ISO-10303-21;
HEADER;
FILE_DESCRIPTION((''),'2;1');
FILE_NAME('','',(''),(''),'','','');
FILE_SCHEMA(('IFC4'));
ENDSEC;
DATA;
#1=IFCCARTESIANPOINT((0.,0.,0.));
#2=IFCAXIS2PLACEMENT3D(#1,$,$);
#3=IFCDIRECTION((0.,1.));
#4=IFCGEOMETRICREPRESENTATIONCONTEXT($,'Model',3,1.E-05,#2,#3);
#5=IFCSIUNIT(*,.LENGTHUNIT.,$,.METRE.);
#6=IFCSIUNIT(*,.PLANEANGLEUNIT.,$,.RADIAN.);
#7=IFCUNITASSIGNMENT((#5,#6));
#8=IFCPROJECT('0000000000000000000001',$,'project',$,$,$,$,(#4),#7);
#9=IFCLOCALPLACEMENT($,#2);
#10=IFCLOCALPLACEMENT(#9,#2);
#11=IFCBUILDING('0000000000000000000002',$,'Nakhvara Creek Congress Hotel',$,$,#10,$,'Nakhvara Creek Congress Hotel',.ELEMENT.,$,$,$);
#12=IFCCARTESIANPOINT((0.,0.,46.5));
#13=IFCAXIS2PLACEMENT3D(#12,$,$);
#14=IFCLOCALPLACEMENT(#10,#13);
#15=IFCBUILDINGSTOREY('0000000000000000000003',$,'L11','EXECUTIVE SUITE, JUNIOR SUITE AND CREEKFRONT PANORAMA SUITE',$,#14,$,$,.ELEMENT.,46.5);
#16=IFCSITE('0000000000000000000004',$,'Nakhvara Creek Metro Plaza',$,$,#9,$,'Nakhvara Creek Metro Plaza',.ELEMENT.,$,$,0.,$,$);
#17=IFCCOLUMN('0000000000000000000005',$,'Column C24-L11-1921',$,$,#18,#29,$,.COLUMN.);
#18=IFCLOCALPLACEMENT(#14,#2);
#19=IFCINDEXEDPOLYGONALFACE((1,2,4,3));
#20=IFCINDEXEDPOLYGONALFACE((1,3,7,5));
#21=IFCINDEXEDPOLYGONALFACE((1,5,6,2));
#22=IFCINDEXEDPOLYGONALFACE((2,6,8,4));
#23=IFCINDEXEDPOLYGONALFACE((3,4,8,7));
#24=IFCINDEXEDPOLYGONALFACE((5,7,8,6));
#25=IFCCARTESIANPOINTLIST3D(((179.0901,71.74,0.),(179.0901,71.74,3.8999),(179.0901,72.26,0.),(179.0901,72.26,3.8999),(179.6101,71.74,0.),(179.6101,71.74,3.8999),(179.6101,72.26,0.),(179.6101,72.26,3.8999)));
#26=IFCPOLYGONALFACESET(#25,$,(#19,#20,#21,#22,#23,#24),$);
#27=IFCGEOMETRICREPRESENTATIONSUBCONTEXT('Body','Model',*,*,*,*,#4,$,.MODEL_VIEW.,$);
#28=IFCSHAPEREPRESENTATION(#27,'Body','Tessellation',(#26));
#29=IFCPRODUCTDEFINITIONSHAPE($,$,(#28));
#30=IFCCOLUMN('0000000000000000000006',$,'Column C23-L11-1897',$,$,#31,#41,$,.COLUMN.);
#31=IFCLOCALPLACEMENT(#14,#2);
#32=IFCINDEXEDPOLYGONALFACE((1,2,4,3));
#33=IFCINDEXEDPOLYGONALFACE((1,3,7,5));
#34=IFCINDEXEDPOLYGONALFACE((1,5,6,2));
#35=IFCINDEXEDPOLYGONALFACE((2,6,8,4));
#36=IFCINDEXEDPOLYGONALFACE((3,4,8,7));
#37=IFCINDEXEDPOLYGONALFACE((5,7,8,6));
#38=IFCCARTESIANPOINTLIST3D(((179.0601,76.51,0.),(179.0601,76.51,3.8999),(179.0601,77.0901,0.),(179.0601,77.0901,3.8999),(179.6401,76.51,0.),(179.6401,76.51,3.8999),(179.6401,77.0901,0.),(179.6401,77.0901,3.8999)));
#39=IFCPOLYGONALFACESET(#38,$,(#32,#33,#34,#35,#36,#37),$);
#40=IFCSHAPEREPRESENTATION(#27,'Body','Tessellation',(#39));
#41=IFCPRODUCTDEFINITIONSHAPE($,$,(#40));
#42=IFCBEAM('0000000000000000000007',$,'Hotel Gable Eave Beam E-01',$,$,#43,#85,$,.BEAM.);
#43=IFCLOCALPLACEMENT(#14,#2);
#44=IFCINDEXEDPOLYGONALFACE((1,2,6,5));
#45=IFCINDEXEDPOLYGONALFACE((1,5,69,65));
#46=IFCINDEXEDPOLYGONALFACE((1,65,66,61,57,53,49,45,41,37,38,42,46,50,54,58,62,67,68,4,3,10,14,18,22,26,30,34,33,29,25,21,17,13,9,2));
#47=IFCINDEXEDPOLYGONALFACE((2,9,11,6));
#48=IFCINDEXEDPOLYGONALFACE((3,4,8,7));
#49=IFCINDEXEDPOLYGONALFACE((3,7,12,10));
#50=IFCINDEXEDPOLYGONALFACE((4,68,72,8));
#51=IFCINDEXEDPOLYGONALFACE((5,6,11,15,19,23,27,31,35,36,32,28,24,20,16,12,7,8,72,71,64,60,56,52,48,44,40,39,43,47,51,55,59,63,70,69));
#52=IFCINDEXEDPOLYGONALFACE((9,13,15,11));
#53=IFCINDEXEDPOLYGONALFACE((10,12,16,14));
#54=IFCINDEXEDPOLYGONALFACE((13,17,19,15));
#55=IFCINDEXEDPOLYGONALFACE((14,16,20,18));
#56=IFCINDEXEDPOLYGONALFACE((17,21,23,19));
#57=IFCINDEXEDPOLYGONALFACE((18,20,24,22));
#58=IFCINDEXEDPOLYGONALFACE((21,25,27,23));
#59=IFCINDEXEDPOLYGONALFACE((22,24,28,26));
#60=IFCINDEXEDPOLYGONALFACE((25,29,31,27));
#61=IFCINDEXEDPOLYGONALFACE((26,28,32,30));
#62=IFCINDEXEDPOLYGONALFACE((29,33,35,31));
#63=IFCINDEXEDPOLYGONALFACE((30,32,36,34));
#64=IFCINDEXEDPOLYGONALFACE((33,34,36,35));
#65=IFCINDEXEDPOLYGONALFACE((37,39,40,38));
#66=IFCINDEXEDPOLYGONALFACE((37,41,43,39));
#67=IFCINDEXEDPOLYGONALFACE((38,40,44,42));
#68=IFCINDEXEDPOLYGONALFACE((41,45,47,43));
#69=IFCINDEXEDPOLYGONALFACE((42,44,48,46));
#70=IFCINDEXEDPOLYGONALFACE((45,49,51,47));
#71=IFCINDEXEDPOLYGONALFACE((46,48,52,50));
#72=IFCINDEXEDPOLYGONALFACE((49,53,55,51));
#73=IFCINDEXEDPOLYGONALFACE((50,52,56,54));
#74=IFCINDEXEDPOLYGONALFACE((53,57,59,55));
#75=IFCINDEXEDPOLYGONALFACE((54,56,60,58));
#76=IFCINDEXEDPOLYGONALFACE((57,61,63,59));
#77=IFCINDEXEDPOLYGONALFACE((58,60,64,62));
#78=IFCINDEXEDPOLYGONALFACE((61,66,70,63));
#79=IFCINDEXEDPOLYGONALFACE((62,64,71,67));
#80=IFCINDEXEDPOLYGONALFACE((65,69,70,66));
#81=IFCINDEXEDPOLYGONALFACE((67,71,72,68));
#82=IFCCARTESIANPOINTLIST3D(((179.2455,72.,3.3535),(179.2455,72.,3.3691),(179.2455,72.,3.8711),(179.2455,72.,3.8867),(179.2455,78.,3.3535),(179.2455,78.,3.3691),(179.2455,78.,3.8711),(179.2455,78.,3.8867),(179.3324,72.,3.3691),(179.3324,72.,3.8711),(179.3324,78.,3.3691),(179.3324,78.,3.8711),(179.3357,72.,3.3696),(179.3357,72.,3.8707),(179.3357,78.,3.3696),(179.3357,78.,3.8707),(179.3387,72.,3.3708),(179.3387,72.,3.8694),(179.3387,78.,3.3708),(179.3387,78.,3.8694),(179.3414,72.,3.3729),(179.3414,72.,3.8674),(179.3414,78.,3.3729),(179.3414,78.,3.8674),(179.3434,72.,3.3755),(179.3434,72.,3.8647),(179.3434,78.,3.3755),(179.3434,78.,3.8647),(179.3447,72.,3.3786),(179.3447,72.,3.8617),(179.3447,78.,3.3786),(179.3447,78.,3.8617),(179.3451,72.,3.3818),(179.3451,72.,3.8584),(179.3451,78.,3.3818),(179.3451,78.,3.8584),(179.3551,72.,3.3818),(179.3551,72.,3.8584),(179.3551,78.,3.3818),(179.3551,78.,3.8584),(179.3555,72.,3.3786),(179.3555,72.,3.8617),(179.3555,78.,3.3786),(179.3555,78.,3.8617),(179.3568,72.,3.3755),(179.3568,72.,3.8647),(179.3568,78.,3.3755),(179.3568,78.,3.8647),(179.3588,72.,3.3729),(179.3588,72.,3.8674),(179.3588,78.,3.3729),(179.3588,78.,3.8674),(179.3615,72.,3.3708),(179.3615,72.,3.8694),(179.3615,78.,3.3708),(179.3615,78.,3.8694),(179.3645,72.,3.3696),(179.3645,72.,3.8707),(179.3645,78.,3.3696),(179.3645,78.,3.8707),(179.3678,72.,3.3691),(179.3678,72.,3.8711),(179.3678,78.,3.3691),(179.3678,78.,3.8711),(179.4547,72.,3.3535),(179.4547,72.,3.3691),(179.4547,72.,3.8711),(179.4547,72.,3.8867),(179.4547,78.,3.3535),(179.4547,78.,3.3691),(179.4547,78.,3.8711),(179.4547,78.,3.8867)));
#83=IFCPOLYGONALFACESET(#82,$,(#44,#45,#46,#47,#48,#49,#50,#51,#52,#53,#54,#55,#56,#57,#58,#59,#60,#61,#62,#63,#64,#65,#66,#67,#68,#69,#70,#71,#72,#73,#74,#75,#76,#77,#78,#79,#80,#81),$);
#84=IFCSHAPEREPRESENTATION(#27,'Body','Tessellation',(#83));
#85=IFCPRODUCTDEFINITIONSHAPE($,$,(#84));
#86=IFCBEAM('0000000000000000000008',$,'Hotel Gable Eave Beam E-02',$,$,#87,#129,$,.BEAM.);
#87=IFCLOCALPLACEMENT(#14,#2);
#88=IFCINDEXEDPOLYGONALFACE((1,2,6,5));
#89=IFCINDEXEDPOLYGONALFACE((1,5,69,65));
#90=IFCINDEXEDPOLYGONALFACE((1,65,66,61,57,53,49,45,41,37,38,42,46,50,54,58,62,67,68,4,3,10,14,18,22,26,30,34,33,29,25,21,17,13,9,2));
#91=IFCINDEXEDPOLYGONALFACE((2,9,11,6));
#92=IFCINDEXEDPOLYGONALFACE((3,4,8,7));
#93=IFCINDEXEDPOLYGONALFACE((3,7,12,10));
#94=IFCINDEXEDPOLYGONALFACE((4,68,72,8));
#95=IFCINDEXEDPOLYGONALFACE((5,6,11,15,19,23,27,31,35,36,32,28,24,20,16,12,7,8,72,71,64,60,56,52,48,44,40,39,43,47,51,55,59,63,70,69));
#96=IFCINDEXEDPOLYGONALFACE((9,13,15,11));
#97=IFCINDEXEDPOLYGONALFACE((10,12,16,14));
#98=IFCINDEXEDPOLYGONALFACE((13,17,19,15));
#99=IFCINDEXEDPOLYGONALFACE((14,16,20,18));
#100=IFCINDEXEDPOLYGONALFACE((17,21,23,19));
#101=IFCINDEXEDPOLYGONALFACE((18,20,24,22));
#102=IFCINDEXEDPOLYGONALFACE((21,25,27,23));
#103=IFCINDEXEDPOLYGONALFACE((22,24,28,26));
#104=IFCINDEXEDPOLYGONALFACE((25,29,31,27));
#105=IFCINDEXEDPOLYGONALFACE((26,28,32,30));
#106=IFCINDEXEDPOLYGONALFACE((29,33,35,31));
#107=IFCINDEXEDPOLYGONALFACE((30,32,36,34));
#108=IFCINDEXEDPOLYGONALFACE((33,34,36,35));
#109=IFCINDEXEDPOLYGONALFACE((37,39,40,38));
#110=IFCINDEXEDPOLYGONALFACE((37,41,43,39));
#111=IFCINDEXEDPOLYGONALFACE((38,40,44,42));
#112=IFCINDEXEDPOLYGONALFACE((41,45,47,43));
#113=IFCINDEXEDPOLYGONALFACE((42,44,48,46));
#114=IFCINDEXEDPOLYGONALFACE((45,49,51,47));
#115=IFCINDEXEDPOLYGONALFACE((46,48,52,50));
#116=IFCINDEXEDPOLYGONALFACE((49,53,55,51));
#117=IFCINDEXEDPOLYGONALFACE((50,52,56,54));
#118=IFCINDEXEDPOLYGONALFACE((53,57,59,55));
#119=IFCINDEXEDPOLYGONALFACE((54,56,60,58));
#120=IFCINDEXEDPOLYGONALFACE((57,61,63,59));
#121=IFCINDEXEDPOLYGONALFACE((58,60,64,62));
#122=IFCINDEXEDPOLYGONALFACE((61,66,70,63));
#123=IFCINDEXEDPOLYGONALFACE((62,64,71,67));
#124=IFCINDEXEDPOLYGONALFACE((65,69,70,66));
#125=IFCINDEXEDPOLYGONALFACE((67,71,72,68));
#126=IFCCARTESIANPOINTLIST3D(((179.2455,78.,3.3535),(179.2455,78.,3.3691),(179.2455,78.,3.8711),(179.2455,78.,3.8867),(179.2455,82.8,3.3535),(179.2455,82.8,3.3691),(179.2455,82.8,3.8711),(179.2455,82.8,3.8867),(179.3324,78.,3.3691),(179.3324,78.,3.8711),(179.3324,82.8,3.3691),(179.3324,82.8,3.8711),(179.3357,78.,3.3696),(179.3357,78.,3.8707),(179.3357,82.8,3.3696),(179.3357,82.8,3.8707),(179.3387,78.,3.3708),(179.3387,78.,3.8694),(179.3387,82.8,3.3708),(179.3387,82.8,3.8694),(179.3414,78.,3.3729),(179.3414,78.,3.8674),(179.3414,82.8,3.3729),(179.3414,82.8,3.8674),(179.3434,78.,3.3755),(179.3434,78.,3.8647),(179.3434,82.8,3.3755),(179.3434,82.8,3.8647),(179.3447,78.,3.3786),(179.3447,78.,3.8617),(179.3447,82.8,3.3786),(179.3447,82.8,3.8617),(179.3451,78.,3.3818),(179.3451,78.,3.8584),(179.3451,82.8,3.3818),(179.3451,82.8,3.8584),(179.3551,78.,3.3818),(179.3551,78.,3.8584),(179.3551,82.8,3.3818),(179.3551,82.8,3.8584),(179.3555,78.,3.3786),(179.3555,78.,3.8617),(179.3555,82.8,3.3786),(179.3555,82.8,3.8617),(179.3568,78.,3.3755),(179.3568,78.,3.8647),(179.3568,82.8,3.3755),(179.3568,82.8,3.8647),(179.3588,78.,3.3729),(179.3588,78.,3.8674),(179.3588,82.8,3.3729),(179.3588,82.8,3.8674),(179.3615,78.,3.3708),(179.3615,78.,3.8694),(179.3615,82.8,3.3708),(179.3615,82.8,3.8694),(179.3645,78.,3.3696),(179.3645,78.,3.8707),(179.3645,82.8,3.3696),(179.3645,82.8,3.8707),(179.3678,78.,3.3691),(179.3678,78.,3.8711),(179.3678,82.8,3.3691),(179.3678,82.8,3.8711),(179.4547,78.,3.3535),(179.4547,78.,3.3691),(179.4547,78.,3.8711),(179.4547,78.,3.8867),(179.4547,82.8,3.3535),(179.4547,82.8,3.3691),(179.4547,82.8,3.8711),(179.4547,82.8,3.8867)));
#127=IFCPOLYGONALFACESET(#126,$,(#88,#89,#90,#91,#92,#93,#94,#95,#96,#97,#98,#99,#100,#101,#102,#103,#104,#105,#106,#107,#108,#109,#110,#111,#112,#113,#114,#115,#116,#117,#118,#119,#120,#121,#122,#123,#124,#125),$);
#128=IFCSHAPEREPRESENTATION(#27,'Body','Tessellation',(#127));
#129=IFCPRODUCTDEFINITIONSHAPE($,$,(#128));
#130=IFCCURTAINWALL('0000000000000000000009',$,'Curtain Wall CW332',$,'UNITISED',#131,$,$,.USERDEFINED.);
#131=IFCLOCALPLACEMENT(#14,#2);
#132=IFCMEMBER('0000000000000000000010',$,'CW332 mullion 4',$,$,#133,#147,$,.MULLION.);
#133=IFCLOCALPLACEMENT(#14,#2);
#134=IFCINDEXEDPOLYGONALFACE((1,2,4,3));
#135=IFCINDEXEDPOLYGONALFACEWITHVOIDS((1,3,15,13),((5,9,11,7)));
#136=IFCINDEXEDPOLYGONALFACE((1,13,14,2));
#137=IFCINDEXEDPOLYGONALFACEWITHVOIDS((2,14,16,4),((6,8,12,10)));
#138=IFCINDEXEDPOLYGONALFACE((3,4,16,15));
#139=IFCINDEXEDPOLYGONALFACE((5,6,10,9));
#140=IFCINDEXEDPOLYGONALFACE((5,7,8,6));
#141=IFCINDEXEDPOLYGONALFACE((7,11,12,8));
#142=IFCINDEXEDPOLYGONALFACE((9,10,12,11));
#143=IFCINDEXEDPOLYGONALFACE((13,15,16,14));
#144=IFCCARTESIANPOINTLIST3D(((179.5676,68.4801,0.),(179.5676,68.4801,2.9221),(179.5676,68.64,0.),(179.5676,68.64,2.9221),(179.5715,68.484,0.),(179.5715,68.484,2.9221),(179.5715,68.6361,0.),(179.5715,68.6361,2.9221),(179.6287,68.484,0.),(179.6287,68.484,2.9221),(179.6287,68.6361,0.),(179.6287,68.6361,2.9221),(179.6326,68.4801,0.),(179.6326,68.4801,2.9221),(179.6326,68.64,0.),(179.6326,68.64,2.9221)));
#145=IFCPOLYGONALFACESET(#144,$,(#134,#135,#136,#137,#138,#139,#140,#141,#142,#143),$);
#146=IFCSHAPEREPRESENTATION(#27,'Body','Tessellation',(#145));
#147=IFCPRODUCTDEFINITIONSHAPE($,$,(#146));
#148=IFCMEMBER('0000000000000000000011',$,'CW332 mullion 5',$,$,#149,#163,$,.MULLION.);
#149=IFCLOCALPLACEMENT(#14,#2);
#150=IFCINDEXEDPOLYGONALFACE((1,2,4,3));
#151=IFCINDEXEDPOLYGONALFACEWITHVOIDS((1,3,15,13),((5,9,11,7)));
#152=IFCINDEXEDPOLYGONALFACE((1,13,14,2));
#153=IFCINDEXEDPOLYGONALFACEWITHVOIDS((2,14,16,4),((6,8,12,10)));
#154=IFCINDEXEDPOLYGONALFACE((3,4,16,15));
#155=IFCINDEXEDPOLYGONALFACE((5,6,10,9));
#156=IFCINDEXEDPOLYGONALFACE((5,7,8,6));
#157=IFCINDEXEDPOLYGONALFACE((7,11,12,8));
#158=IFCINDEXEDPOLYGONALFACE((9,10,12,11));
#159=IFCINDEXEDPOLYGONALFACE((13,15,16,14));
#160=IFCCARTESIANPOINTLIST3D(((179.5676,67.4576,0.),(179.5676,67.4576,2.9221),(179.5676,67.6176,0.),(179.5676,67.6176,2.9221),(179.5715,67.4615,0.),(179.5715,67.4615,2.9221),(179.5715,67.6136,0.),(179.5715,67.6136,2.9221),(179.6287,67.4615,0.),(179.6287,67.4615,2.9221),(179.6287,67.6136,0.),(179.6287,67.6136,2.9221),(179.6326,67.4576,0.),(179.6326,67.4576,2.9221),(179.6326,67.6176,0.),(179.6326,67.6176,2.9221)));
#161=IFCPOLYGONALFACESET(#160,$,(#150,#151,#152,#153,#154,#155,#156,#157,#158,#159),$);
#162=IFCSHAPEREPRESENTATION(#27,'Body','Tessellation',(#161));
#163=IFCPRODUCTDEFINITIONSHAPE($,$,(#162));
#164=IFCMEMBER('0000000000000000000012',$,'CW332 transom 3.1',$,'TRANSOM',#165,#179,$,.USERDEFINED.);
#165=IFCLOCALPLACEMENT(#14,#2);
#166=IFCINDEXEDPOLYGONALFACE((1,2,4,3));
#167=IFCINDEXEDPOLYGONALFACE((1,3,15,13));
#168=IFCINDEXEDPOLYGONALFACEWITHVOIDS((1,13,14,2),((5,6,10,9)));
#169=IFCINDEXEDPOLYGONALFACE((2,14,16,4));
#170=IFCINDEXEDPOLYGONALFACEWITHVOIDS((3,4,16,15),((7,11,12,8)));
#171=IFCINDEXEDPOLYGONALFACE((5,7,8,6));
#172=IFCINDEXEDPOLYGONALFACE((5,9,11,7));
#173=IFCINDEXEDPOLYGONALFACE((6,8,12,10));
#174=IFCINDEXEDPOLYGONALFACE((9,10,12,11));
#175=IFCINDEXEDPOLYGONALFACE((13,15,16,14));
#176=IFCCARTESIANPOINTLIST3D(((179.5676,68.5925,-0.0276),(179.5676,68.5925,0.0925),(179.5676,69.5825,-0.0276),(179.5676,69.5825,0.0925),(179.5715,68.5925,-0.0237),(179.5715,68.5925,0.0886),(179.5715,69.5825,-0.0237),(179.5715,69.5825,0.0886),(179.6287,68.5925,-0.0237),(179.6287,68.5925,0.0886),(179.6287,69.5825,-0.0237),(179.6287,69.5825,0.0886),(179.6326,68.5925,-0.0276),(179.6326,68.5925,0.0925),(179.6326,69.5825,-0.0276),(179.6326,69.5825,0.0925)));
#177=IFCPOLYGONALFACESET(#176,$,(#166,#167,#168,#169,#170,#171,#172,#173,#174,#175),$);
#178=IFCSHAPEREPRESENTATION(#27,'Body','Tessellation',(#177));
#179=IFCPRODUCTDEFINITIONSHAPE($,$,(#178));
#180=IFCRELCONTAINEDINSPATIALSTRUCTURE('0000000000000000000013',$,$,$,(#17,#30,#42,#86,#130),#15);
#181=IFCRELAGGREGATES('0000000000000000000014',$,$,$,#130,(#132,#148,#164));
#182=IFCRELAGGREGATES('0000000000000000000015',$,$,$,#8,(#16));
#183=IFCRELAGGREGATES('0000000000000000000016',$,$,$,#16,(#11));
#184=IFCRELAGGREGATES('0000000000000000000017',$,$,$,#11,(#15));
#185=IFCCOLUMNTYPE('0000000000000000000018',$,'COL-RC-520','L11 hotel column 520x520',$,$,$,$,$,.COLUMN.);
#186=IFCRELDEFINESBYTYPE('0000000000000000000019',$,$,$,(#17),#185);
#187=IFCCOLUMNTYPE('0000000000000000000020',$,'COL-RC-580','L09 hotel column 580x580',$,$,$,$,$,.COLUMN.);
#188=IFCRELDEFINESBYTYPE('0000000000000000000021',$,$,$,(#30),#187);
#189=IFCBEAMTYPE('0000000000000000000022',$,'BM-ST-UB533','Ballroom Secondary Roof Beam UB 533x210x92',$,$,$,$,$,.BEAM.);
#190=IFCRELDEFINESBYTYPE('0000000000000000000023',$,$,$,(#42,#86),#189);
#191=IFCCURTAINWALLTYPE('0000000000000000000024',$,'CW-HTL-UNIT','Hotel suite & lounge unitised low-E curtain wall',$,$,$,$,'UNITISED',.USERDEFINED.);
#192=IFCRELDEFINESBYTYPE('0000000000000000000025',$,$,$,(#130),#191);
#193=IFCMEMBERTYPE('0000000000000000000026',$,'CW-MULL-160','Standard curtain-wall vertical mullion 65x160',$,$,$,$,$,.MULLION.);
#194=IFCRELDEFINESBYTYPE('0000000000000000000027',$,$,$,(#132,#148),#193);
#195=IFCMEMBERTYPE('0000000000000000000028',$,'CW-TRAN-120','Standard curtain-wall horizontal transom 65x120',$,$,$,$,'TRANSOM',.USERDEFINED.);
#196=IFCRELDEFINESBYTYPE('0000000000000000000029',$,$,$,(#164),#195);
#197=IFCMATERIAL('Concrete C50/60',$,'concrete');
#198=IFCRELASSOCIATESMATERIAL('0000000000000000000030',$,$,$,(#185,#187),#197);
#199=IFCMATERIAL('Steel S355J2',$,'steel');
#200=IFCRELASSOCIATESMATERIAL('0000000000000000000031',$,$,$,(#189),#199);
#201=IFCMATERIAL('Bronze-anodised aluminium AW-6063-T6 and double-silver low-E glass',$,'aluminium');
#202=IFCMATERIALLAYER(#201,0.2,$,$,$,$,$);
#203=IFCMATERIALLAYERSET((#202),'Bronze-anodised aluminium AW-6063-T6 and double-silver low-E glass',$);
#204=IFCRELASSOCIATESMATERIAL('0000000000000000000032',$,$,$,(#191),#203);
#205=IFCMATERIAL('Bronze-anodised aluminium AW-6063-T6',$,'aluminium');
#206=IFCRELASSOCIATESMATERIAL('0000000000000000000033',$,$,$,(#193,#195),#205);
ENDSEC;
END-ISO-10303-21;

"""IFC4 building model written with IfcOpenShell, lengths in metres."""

from ifc_helpers import new_model, si_unit, direction, frame, origin, origin_2d, place, context, subcontext, project, spatial, rectangle, hollow_rectangle, i_section, extrude, material, layer, layer_set, material_profile, profile_set, type_object, element, aggregate, save


model = new_model("IFC4")

# Units and contexts
model_context = context("Model", 3, precision=1e-05, world=origin(), true_north=direction((0.0, 1.0)))
body_context = subcontext(model_context, "Body", "Model", "MODEL_VIEW")
ifc_project = project(units=[si_unit("LENGTHUNIT", "METRE"), si_unit("PLANEANGLEUNIT", "RADIAN")], contexts=[model_context])

# Site, building, storey
site_placement = place(None, origin())
site = spatial("IfcSite", under=ifc_project, at=site_placement, Name="Nakhvara Creek Metro Plaza", LongName="Nakhvara Creek Metro Plaza", CompositionType="ELEMENT", RefElevation=0.0)
building_placement = place(site_placement, origin())
building = spatial("IfcBuilding", under=site, at=building_placement, Name="Nakhvara Creek Congress Hotel", LongName="Nakhvara Creek Congress Hotel", CompositionType="ELEMENT")
storey_placement = place(building_placement, frame((0.0, 0.0, 46.5)))
storey = spatial("IfcBuildingStorey", under=building, at=storey_placement, Name="L11", Description="EXECUTIVE SUITE, JUNIOR SUITE AND CREEKFRONT PANORAMA SUITE", CompositionType="ELEMENT", Elevation=46.5)

# Columns
ifc_material_1 = material(Name="Concrete C50/60", Category="concrete")
ifc_material_profile_1 = material_profile(ifc_material_1, rectangle(XDim=0.52, YDim=0.52, at=origin_2d()), Name="RC-COL 520x520", Category="LoadBearing")
ifc_profile_set_1 = profile_set([ifc_material_profile_1], Name="Concrete C50/60")
column_type_1 = type_object("IfcColumnType", Name="COL-RC-520", Description="L11 hotel column 520x520", PredefinedType="COLUMN", material=ifc_profile_set_1)
column_1_placement = place(storey_placement, frame((179.3501, 72.0, 0.0), z_axis=(0.0, 0.0, 1.0), x_axis=(1.0, 0.0, 0.0)))
element("IfcColumn", 1, at=column_1_placement, inside=storey, type_object=column_type_1, Name="Column C24-L11-1921", PredefinedType="COLUMN", context=body_context, shape_type="SweptSolid", body=[
    extrude(rectangle(XDim=0.52, YDim=0.52, at=origin_2d()), origin(), (0.0, 0.0, 1.0), 3.8999),
])
ifc_material_profile_2 = material_profile(ifc_material_1, rectangle(XDim=0.5801, YDim=0.5801, at=origin_2d()), Name="RC-COL 580x580", Category="LoadBearing")
ifc_profile_set_2 = profile_set([ifc_material_profile_2], Name="Concrete C50/60")
column_type_2 = type_object("IfcColumnType", Name="COL-RC-580", Description="L09 hotel column 580x580", PredefinedType="COLUMN", material=ifc_profile_set_2)
column_2_placement = place(storey_placement, frame((179.3501, 76.8, 0.0), z_axis=(0.0, 0.0, 1.0), x_axis=(1.0, 0.0, 0.0)))
element("IfcColumn", 2, at=column_2_placement, inside=storey, type_object=column_type_2, Name="Column C23-L11-1897", PredefinedType="COLUMN", context=body_context, shape_type="SweptSolid", body=[
    extrude(rectangle(XDim=0.5801, YDim=0.5801, at=origin_2d()), origin(), (0.0, 0.0, 1.0), 3.8999),
])

# Beams
ifc_material_2 = material(Name="Steel S355J2", Category="steel")
ifc_material_profile_3 = material_profile(ifc_material_2, i_section(OverallWidth=0.2092, OverallDepth=0.5332, WebThickness=0.01, FlangeThickness=0.0156, FilletRadius=0.0127, at=origin_2d()), Name="UB 533x210x92", Category="LoadBearing")
ifc_profile_set_3 = profile_set([ifc_material_profile_3], Name="Steel S355J2")
beam_type = type_object("IfcBeamType", Name="BM-ST-UB533", Description="Ballroom Secondary Roof Beam UB 533x210x92", PredefinedType="BEAM", material=ifc_profile_set_3)
beam_1_placement = place(storey_placement, frame((179.3501, 72.0, 3.6201), z_axis=(0.0, 1.0, 0.0), x_axis=(-1.0, 0.0, 0.0)))
element("IfcBeam", 3, at=beam_1_placement, inside=storey, type_object=beam_type, Name="Hotel Gable Eave Beam E-01", PredefinedType="BEAM", context=body_context, shape_type="SweptSolid", body=[
    extrude(i_section(OverallWidth=0.2092, OverallDepth=0.5332, WebThickness=0.01, FlangeThickness=0.0156, FilletRadius=0.0127, at=origin_2d()), origin(), (0.0, 0.0, 1.0), 6.0),
])
beam_2_placement = place(storey_placement, frame((179.3501, 78.0, 3.6201), z_axis=(0.0, 1.0, 0.0), x_axis=(-1.0, 0.0, 0.0)))
element("IfcBeam", 4, at=beam_2_placement, inside=storey, type_object=beam_type, Name="Hotel Gable Eave Beam E-02", PredefinedType="BEAM", context=body_context, shape_type="SweptSolid", body=[
    extrude(i_section(OverallWidth=0.2092, OverallDepth=0.5332, WebThickness=0.01, FlangeThickness=0.0156, FilletRadius=0.0127, at=origin_2d()), origin(), (0.0, 0.0, 1.0), 4.8),
])

# Curtain wall, members
ifc_material_3 = material(Name="Bronze-anodised aluminium AW-6063-T6 and double-silver low-E glass", Category="aluminium")
ifc_layer_1 = layer(ifc_material_3, 0.2)
ifc_layer_set_1 = layer_set([ifc_layer_1], Name="Bronze-anodised aluminium AW-6063-T6 and double-silver low-E glass")
curtain_wall_type = type_object("IfcCurtainWallType", Name="CW-HTL-UNIT", Description="Hotel suite & lounge unitised low-E curtain wall", ElementType="UNITISED", PredefinedType="USERDEFINED", material=ifc_layer_set_1)
curtain_wall_placement = place(storey_placement, origin())
curtain_wall = element("IfcCurtainWall", 5, at=curtain_wall_placement, inside=storey, type_object=curtain_wall_type, Name="Curtain Wall CW332", ObjectType="UNITISED", PredefinedType="USERDEFINED")
ifc_material_4 = material(Name="Bronze-anodised aluminium AW-6063-T6", Category="aluminium")
ifc_material_profile_4 = material_profile(ifc_material_4, hollow_rectangle(XDim=0.0649, YDim=0.1599, WallThickness=0.0039, at=origin_2d()), Name="ALU-MULL 65x160x4", Category="LoadBearing")
ifc_profile_set_4 = profile_set([ifc_material_profile_4], Name="Bronze-anodised aluminium AW-6063-T6")
member_type_1 = type_object("IfcMemberType", Name="CW-MULL-160", Description="Standard curtain-wall vertical mullion 65x160", PredefinedType="MULLION", material=ifc_profile_set_4)
member_1_placement = place(storey_placement, frame((179.6001, 68.5601, 0.0), z_axis=(0.0, 0.0, 1.0), x_axis=(1.0, 0.0, 0.0)))
member_1 = element("IfcMember", 6, at=member_1_placement, type_object=member_type_1, Name="CW332 mullion 4", PredefinedType="MULLION", context=body_context, shape_type="SweptSolid", body=[
    extrude(hollow_rectangle(XDim=0.0649, YDim=0.1599, WallThickness=0.0039, at=origin_2d()), origin(), (0.0, 0.0, 1.0), 2.9221),
])
member_2_placement = place(storey_placement, frame((179.6001, 67.5376, 0.0), z_axis=(0.0, 0.0, 1.0), x_axis=(1.0, 0.0, 0.0)))
member_2 = element("IfcMember", 7, at=member_2_placement, type_object=member_type_1, Name="CW332 mullion 5", PredefinedType="MULLION", context=body_context, shape_type="SweptSolid", body=[
    extrude(hollow_rectangle(XDim=0.0649, YDim=0.1599, WallThickness=0.0039, at=origin_2d()), origin(), (0.0, 0.0, 1.0), 2.9221),
])
ifc_material_profile_5 = material_profile(ifc_material_4, hollow_rectangle(XDim=0.0649, YDim=0.1201, WallThickness=0.0039, at=origin_2d()), Name="ALU-TRAN 65x120x4", Category="LoadBearing")
ifc_profile_set_5 = profile_set([ifc_material_profile_5], Name="Bronze-anodised aluminium AW-6063-T6")
member_type_2 = type_object("IfcMemberType", Name="CW-TRAN-120", Description="Standard curtain-wall horizontal transom 65x120", ElementType="TRANSOM", PredefinedType="USERDEFINED", material=ifc_profile_set_5)
member_3_placement = place(storey_placement, frame((179.6001, 69.5825, 0.0325), z_axis=(0.0, -1.0, 0.0), x_axis=(1.0, 0.0, 0.0)))
member_3 = element("IfcMember", 8, at=member_3_placement, type_object=member_type_2, Name="CW332 transom 3.1", ObjectType="TRANSOM", PredefinedType="USERDEFINED", context=body_context, shape_type="SweptSolid", body=[
    extrude(hollow_rectangle(XDim=0.0649, YDim=0.1201, WallThickness=0.0039, at=origin_2d()), origin(), (0.0, 0.0, 1.0), 0.99),
])
aggregate(curtain_wall, [member_1, member_2, member_3])

save(model, "model.ifc")
